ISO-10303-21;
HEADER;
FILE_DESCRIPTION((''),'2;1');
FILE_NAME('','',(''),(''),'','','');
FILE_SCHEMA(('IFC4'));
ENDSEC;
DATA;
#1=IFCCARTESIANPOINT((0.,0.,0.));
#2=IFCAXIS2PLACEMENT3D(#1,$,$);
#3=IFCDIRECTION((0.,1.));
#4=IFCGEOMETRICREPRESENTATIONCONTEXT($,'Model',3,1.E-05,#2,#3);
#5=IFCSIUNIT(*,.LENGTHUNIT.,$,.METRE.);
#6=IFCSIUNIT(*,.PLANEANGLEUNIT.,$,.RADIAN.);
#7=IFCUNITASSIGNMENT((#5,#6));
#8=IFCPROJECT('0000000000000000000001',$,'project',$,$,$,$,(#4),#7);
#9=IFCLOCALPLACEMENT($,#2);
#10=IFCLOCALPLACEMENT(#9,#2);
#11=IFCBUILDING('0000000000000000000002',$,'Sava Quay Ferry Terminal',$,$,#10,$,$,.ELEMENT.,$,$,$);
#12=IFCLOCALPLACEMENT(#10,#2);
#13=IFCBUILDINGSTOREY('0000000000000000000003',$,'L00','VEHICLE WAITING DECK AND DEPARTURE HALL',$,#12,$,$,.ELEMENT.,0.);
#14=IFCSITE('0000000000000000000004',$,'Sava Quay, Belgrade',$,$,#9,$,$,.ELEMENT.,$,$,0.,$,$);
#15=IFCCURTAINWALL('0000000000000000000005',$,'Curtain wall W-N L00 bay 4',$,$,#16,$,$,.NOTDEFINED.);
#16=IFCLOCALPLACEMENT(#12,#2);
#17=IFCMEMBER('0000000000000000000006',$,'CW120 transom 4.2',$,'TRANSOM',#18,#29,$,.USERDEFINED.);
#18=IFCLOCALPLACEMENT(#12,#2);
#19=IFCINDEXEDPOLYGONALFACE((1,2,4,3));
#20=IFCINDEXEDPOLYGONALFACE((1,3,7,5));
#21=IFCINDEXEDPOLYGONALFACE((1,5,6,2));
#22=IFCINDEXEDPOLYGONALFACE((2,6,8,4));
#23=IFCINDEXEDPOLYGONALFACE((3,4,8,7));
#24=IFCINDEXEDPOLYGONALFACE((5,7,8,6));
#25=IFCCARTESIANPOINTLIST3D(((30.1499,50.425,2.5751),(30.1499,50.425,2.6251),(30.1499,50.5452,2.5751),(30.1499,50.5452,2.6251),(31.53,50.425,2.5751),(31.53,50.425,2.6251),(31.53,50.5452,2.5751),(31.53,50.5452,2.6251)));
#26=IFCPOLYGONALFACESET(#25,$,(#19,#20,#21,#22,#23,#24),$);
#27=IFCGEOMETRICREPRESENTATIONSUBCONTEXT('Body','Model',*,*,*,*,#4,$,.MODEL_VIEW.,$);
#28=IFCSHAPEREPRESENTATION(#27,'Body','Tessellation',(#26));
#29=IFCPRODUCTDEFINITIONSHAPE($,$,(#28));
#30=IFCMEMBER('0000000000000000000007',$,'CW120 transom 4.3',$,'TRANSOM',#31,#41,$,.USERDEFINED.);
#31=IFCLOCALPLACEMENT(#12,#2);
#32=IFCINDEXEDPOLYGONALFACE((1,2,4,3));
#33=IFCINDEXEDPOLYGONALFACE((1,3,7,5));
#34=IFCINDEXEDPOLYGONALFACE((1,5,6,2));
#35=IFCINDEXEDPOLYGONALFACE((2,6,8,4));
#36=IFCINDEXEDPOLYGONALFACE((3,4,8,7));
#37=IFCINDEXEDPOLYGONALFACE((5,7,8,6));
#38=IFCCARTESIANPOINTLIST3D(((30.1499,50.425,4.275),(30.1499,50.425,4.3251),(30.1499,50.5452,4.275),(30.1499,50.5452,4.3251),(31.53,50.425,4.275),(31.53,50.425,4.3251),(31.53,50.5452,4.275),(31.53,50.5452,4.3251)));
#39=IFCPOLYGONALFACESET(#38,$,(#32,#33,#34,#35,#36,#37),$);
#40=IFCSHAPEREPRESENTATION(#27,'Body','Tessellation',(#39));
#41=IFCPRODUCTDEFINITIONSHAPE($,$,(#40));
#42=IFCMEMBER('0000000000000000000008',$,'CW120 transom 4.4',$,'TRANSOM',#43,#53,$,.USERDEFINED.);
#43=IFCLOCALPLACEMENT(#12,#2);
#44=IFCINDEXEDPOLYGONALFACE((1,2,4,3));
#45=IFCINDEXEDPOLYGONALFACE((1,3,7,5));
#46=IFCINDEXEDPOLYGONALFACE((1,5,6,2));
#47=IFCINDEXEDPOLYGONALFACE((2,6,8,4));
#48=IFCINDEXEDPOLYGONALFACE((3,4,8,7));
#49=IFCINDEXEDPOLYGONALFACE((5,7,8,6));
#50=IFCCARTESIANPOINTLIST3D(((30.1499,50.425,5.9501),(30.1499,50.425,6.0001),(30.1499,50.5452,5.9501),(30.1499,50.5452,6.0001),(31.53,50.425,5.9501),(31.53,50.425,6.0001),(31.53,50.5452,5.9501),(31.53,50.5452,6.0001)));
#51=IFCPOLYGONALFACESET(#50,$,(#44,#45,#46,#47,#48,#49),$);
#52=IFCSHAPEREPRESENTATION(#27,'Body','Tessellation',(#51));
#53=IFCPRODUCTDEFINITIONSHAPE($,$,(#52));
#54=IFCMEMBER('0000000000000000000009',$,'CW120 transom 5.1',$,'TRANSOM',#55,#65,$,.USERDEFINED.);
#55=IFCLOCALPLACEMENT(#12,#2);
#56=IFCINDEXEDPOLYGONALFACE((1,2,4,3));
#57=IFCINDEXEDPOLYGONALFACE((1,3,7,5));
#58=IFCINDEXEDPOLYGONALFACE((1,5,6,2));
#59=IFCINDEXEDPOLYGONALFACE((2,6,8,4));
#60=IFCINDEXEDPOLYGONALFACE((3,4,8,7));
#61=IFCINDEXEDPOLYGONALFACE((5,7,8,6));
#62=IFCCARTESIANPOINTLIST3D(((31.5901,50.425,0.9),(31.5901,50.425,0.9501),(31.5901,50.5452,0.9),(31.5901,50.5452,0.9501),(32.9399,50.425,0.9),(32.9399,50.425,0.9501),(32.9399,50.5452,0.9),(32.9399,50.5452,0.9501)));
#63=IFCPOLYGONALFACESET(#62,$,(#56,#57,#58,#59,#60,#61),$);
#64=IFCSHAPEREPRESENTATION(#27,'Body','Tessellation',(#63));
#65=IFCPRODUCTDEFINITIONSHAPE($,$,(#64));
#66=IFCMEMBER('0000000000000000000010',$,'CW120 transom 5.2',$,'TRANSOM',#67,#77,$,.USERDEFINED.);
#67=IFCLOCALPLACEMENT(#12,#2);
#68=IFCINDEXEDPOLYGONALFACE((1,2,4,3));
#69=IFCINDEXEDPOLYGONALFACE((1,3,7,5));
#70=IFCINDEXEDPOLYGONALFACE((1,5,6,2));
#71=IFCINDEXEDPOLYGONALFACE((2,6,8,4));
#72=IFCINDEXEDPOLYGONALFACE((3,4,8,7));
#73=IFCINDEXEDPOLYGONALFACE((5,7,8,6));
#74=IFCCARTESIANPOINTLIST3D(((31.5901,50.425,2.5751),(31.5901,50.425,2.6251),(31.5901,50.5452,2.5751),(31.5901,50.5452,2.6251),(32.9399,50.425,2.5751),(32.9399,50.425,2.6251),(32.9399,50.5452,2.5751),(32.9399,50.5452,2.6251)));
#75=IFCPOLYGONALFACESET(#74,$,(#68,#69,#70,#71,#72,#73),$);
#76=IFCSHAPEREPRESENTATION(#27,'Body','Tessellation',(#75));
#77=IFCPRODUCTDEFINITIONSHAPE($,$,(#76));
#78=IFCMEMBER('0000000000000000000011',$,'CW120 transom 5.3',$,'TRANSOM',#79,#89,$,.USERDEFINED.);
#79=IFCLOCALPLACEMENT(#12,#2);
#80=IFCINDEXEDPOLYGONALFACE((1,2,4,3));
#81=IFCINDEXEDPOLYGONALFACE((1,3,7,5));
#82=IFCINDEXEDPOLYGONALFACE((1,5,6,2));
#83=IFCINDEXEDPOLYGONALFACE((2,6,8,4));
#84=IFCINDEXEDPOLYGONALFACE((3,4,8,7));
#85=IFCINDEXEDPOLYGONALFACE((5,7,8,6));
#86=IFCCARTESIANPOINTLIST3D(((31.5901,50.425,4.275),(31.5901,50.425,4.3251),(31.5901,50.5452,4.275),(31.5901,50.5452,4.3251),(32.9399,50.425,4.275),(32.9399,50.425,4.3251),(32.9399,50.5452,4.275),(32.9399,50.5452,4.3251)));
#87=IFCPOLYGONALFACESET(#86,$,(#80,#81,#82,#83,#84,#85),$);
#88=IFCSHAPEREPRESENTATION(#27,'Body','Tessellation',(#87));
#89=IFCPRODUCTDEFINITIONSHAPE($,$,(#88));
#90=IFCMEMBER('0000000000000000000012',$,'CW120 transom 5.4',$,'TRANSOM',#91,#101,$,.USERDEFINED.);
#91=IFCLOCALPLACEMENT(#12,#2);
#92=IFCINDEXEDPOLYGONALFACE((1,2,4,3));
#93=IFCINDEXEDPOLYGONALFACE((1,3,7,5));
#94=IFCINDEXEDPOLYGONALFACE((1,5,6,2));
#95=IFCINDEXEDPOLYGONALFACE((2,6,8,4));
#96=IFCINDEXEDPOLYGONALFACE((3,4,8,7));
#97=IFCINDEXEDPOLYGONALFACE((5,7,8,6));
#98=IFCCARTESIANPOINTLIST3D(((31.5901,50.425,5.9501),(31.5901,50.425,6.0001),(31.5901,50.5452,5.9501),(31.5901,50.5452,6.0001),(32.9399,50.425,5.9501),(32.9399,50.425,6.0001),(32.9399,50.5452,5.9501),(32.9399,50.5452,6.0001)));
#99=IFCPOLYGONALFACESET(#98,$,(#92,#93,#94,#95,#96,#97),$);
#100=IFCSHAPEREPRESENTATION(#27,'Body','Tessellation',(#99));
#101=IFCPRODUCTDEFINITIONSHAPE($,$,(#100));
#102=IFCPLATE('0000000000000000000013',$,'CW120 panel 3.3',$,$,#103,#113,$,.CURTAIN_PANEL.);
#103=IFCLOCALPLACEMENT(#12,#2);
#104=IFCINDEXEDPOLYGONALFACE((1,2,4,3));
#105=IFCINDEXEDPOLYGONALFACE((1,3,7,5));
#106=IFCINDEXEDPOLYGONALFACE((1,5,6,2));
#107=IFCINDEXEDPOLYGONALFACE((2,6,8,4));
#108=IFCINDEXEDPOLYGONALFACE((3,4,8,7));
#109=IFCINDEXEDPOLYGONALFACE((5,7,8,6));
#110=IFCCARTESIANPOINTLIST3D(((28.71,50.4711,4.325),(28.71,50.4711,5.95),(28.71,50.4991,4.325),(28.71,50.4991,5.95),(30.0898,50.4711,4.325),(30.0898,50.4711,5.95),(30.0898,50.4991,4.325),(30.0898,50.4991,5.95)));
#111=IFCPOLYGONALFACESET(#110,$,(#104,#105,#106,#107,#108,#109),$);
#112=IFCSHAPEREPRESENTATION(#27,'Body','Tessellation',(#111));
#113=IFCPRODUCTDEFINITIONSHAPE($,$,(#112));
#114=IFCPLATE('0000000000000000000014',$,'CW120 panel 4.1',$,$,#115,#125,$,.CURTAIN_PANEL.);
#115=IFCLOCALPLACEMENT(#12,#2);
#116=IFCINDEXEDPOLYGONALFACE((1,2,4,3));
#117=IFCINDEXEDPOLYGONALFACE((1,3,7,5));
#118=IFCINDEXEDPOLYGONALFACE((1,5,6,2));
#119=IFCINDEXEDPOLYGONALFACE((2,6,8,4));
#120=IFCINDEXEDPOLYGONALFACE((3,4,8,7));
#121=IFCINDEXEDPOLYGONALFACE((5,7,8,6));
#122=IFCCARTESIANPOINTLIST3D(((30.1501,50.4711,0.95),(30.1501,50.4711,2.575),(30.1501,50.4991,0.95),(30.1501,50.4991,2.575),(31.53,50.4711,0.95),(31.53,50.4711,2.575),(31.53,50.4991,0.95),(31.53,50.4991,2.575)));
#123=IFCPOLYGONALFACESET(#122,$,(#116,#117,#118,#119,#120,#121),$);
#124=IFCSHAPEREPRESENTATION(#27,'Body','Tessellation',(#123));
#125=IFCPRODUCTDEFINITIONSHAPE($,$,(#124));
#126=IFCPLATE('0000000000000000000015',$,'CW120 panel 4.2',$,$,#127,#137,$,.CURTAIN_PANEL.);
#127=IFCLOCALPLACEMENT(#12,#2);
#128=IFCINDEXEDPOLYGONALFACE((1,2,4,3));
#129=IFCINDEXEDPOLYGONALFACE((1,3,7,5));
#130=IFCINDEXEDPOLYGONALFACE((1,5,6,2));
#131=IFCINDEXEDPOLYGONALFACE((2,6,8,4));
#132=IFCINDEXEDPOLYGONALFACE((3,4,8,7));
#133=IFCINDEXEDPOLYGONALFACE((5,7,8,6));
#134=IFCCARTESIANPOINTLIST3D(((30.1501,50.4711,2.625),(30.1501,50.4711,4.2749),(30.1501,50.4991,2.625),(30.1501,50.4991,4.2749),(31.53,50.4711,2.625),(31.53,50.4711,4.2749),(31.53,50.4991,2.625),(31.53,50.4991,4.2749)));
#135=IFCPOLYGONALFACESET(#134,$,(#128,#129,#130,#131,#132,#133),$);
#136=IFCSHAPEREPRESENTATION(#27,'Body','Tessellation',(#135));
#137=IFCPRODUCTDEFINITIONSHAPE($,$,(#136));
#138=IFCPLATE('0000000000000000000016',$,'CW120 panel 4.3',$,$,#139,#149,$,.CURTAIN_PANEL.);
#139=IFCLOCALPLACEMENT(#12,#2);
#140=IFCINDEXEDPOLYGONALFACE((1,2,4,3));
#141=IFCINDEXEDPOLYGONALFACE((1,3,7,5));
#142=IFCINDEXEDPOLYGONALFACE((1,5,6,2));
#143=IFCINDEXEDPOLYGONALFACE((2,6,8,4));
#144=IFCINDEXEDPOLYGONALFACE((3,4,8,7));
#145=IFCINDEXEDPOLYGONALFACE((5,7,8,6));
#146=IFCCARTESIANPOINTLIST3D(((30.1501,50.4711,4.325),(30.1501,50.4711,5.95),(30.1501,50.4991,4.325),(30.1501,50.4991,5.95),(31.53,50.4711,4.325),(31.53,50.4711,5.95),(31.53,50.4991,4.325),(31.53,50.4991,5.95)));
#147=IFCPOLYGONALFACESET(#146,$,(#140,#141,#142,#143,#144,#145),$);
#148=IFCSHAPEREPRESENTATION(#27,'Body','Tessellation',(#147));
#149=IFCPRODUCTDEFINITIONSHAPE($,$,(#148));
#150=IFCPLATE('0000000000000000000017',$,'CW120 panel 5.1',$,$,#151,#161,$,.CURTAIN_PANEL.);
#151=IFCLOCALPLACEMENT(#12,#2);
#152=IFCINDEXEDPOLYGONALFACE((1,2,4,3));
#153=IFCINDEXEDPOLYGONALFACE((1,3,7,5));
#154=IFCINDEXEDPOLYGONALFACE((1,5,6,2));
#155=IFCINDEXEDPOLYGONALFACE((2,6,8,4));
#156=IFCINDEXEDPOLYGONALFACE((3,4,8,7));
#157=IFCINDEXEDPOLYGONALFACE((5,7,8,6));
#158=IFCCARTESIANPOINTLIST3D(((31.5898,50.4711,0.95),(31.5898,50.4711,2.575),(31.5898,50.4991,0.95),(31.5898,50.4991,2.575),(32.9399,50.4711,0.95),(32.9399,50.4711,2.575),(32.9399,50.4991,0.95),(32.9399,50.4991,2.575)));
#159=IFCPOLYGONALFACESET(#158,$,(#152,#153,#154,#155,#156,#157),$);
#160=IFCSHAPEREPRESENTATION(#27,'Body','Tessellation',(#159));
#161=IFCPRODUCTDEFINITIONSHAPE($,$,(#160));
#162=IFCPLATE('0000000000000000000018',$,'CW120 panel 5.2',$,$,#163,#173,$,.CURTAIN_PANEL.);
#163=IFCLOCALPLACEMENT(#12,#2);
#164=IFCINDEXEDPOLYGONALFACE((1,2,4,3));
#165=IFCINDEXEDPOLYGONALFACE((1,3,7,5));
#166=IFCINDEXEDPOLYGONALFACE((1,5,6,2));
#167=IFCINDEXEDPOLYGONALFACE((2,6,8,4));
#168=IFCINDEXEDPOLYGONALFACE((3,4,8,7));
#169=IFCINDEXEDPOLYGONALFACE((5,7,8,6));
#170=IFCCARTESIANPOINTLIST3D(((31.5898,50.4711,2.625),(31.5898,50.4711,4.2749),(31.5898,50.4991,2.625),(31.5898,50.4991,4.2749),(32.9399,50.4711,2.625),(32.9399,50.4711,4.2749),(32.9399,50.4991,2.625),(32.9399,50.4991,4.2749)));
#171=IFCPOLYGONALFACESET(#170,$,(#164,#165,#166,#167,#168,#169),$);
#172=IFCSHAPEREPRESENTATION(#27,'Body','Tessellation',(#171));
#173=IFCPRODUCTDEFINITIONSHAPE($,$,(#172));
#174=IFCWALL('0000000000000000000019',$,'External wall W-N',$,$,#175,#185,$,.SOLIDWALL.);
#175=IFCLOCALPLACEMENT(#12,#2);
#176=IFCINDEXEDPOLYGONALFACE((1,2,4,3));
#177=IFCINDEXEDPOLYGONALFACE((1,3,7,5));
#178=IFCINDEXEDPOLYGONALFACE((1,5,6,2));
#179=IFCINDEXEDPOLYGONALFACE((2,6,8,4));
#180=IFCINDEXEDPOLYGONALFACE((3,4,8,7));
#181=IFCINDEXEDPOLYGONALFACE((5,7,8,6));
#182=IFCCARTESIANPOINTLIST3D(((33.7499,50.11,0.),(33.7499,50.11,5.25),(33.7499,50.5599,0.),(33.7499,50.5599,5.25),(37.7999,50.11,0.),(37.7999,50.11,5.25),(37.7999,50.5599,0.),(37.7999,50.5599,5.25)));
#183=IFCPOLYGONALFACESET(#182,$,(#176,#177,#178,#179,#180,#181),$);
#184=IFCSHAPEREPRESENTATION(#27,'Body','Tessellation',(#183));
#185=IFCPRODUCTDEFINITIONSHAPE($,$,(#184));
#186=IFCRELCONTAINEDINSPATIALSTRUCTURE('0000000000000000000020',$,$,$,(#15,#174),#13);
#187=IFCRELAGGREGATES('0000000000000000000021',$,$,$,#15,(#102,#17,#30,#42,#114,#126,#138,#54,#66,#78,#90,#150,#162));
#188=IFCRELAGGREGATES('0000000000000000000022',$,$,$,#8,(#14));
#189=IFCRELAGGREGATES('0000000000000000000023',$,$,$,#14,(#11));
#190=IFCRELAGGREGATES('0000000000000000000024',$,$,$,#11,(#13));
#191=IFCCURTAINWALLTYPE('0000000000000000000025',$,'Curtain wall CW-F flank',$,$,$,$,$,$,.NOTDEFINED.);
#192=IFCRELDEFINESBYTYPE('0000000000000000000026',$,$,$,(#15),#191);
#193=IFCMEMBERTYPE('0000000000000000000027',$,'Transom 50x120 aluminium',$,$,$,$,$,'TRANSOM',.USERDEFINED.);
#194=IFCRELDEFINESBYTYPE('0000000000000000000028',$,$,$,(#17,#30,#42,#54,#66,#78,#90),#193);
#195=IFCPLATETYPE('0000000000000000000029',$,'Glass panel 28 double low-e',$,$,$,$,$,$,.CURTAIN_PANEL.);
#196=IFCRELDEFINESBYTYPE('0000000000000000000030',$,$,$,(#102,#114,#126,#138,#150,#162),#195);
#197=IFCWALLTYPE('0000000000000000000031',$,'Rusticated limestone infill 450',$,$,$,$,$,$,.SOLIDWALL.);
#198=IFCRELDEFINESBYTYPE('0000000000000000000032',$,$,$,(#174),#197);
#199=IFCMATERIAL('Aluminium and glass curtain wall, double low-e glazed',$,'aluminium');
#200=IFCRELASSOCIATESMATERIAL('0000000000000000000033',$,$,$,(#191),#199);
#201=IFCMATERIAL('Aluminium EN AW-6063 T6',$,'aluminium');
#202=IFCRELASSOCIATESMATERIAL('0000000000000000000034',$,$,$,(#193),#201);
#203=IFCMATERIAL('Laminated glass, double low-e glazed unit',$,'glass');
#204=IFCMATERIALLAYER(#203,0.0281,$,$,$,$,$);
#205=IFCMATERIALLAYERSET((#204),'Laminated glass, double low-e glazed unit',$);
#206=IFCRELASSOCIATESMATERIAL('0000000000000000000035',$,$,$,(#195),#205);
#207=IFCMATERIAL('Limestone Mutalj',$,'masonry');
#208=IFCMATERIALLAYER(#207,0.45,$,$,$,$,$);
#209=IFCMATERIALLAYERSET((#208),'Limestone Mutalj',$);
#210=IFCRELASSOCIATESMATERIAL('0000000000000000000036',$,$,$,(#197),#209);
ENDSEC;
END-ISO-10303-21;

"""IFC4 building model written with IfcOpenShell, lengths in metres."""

from ifc_helpers import new_model, si_unit, direction, frame, frame_2d, origin, origin_2d, place, context, subcontext, project, spatial, rectangle, extrude, material, layer, layer_set, material_profile, profile_set, type_object, element, aggregate, save


model = new_model("IFC4")

# Units and contexts
model_context = context("Model", 3, precision=1e-05, world=origin(), true_north=direction((0.0, 1.0)))
body_context = subcontext(model_context, "Body", "Model", "MODEL_VIEW")
ifc_project = project(units=[si_unit("LENGTHUNIT", "METRE"), si_unit("PLANEANGLEUNIT", "RADIAN")], contexts=[model_context])

# Site, building, storey
site_placement = place(None, origin())
site = spatial("IfcSite", under=ifc_project, at=site_placement, Name="Sava Quay, Belgrade", CompositionType="ELEMENT", RefElevation=0.0)
building_placement = place(site_placement, origin())
building = spatial("IfcBuilding", under=site, at=building_placement, Name="Sava Quay Ferry Terminal", CompositionType="ELEMENT")
storey_placement = place(building_placement, origin())
storey = spatial("IfcBuildingStorey", under=building, at=storey_placement, Name="L00", Description="VEHICLE WAITING DECK AND DEPARTURE HALL", CompositionType="ELEMENT", Elevation=0.0)

# Curtain wall
ifc_material_1 = material(Name="Aluminium and glass curtain wall, double low-e glazed", Category="aluminium")
curtain_wall_type = type_object("IfcCurtainWallType", Name="Curtain wall CW-F flank", PredefinedType="NOTDEFINED", material=ifc_material_1)
curtain_wall_placement = place(storey_placement, origin())
curtain_wall = element("IfcCurtainWall", 1, at=curtain_wall_placement, inside=storey, type_object=curtain_wall_type, Name="Curtain wall W-N L00 bay 4", PredefinedType="NOTDEFINED")

# Members
ifc_material_2 = material(Name="Aluminium EN AW-6063 T6", Category="aluminium")
ifc_material_profile_1 = material_profile(ifc_material_2, rectangle(XDim=0.1201, YDim=0.05, at=origin_2d()), Name="Transom 50x120 aluminium")
ifc_profile_set_1 = profile_set([ifc_material_profile_1], Name="Aluminium EN AW-6063 T6")
member_type_1 = type_object("IfcMemberType", Name="Transom 50x120 aluminium", ElementType="TRANSOM", PredefinedType="USERDEFINED", material=ifc_profile_set_1)
member_1_placement = place(storey_placement, frame((30.1499, 50.4851, 2.6001), z_axis=(1.0, 0.0, 0.0), x_axis=(0.0, 1.0, 0.0)))
member_1 = element("IfcMember", 2, at=member_1_placement, type_object=member_type_1, Name="CW120 transom 4.2", ObjectType="TRANSOM", PredefinedType="USERDEFINED", context=body_context, shape_type="SweptSolid", body=[
    extrude(rectangle(XDim=0.1201, YDim=0.05, at=origin_2d()), origin(), (0.0, 0.0, 1.0), 1.3801),
])
member_2_placement = place(storey_placement, frame((30.1499, 50.4851, 4.3), z_axis=(1.0, 0.0, 0.0), x_axis=(0.0, 1.0, 0.0)))
member_2 = element("IfcMember", 3, at=member_2_placement, type_object=member_type_1, Name="CW120 transom 4.3", ObjectType="TRANSOM", PredefinedType="USERDEFINED", context=body_context, shape_type="SweptSolid", body=[
    extrude(rectangle(XDim=0.1201, YDim=0.05, at=origin_2d()), origin(), (0.0, 0.0, 1.0), 1.3801),
])
member_3_placement = place(storey_placement, frame((30.1499, 50.4851, 5.9751), z_axis=(1.0, 0.0, 0.0), x_axis=(0.0, 1.0, 0.0)))
member_3 = element("IfcMember", 4, at=member_3_placement, type_object=member_type_1, Name="CW120 transom 4.4", ObjectType="TRANSOM", PredefinedType="USERDEFINED", context=body_context, shape_type="SweptSolid", body=[
    extrude(rectangle(XDim=0.1201, YDim=0.05, at=origin_2d()), origin(), (0.0, 0.0, 1.0), 1.3801),
])
member_4_placement = place(storey_placement, frame((31.5901, 50.4851, 0.925), z_axis=(1.0, 0.0, 0.0), x_axis=(0.0, 1.0, 0.0)))
member_4 = element("IfcMember", 5, at=member_4_placement, type_object=member_type_1, Name="CW120 transom 5.1", ObjectType="TRANSOM", PredefinedType="USERDEFINED", context=body_context, shape_type="SweptSolid", body=[
    extrude(rectangle(XDim=0.1201, YDim=0.05, at=origin_2d()), origin(), (0.0, 0.0, 1.0), 1.3499),
])
member_5_placement = place(storey_placement, frame((31.5901, 50.4851, 2.6001), z_axis=(1.0, 0.0, 0.0), x_axis=(0.0, 1.0, 0.0)))
member_5 = element("IfcMember", 6, at=member_5_placement, type_object=member_type_1, Name="CW120 transom 5.2", ObjectType="TRANSOM", PredefinedType="USERDEFINED", context=body_context, shape_type="SweptSolid", body=[
    extrude(rectangle(XDim=0.1201, YDim=0.05, at=origin_2d()), origin(), (0.0, 0.0, 1.0), 1.3499),
])
member_6_placement = place(storey_placement, frame((31.5901, 50.4851, 4.3), z_axis=(1.0, 0.0, 0.0), x_axis=(0.0, 1.0, 0.0)))
member_6 = element("IfcMember", 7, at=member_6_placement, type_object=member_type_1, Name="CW120 transom 5.3", ObjectType="TRANSOM", PredefinedType="USERDEFINED", context=body_context, shape_type="SweptSolid", body=[
    extrude(rectangle(XDim=0.1201, YDim=0.05, at=origin_2d()), origin(), (0.0, 0.0, 1.0), 1.3499),
])
member_7_placement = place(storey_placement, frame((31.5901, 50.4851, 5.9751), z_axis=(1.0, 0.0, 0.0), x_axis=(0.0, 1.0, 0.0)))
member_7 = element("IfcMember", 8, at=member_7_placement, type_object=member_type_1, Name="CW120 transom 5.4", ObjectType="TRANSOM", PredefinedType="USERDEFINED", context=body_context, shape_type="SweptSolid", body=[
    extrude(rectangle(XDim=0.1201, YDim=0.05, at=origin_2d()), origin(), (0.0, 0.0, 1.0), 1.3499),
])

# Plates
ifc_material_3 = material(Name="Laminated glass, double low-e glazed unit", Category="glass")
ifc_layer_1 = layer(ifc_material_3, 0.0281)
ifc_layer_set_1 = layer_set([ifc_layer_1], Name="Laminated glass, double low-e glazed unit")
plate_type = type_object("IfcPlateType", Name="Glass panel 28 double low-e", PredefinedType="CURTAIN_PANEL", material=ifc_layer_set_1)
plate_1_placement = place(storey_placement, frame((29.3999, 50.4851, 4.325), z_axis=(0.0, 0.0, 1.0), x_axis=(1.0, 0.0, 0.0)))
plate_1 = element("IfcPlate", 9, at=plate_1_placement, type_object=plate_type, Name="CW120 panel 3.3", PredefinedType="CURTAIN_PANEL", context=body_context, shape_type="SweptSolid", body=[
    extrude(rectangle(XDim=1.3799, YDim=0.0281, at=origin_2d()), origin(), (0.0, 0.0, 1.0), 1.625),
])
plate_2_placement = place(storey_placement, frame((30.8401, 50.4851, 0.95), z_axis=(0.0, 0.0, 1.0), x_axis=(1.0, 0.0, 0.0)))
plate_2 = element("IfcPlate", 10, at=plate_2_placement, type_object=plate_type, Name="CW120 panel 4.1", PredefinedType="CURTAIN_PANEL", context=body_context, shape_type="SweptSolid", body=[
    extrude(rectangle(XDim=1.3799, YDim=0.0281, at=origin_2d()), origin(), (0.0, 0.0, 1.0), 1.625),
])
plate_3_placement = place(storey_placement, frame((30.8401, 50.4851, 2.625), z_axis=(0.0, 0.0, 1.0), x_axis=(1.0, 0.0, 0.0)))
plate_3 = element("IfcPlate", 11, at=plate_3_placement, type_object=plate_type, Name="CW120 panel 4.2", PredefinedType="CURTAIN_PANEL", context=body_context, shape_type="SweptSolid", body=[
    extrude(rectangle(XDim=1.3799, YDim=0.0281, at=origin_2d()), origin(), (0.0, 0.0, 1.0), 1.6499),
])
plate_4_placement = place(storey_placement, frame((30.8401, 50.4851, 4.325), z_axis=(0.0, 0.0, 1.0), x_axis=(1.0, 0.0, 0.0)))
plate_4 = element("IfcPlate", 12, at=plate_4_placement, type_object=plate_type, Name="CW120 panel 4.3", PredefinedType="CURTAIN_PANEL", context=body_context, shape_type="SweptSolid", body=[
    extrude(rectangle(XDim=1.3799, YDim=0.0281, at=origin_2d()), origin(), (0.0, 0.0, 1.0), 1.625),
])
plate_5_placement = place(storey_placement, frame((32.2649, 50.4851, 0.95), z_axis=(0.0, 0.0, 1.0), x_axis=(1.0, 0.0, 0.0)))
plate_5 = element("IfcPlate", 13, at=plate_5_placement, type_object=plate_type, Name="CW120 panel 5.1", PredefinedType="CURTAIN_PANEL", context=body_context, shape_type="SweptSolid", body=[
    extrude(rectangle(XDim=1.3501, YDim=0.0281, at=origin_2d()), origin(), (0.0, 0.0, 1.0), 1.625),
])
plate_6_placement = place(storey_placement, frame((32.2649, 50.4851, 2.625), z_axis=(0.0, 0.0, 1.0), x_axis=(1.0, 0.0, 0.0)))
plate_6 = element("IfcPlate", 14, at=plate_6_placement, type_object=plate_type, Name="CW120 panel 5.2", PredefinedType="CURTAIN_PANEL", context=body_context, shape_type="SweptSolid", body=[
    extrude(rectangle(XDim=1.3501, YDim=0.0281, at=origin_2d()), origin(), (0.0, 0.0, 1.0), 1.6499),
])
aggregate(curtain_wall, [plate_1, member_1, member_2, member_3, plate_2, plate_3, plate_4, member_4, member_5, member_6, member_7, plate_5, plate_6])

# Wall
ifc_material_4 = material(Name="Limestone Mutalj", Category="masonry")
ifc_layer_2 = layer(ifc_material_4, 0.45)
ifc_layer_set_2 = layer_set([ifc_layer_2], Name="Limestone Mutalj")
wall_type_1 = type_object("IfcWallType", Name="Rusticated limestone infill 450", PredefinedType="SOLIDWALL", material=ifc_layer_set_2)
wall_1_placement = place(storey_placement, frame((33.75, 50.335, 0.0), z_axis=(0.0, 0.0, 1.0), x_axis=(1.0, 0.0, 0.0)))
element("IfcWall", 15, at=wall_1_placement, inside=storey, type_object=wall_type_1, Name="External wall W-N", PredefinedType="SOLIDWALL", context=body_context, shape_type="SweptSolid", body=[
    extrude(rectangle(XDim=4.05, YDim=0.45, at=frame_2d((2.0249, 0.0))), origin(), (0.0, 0.0, 1.0), 5.25),
])

save(model, "model.ifc")
